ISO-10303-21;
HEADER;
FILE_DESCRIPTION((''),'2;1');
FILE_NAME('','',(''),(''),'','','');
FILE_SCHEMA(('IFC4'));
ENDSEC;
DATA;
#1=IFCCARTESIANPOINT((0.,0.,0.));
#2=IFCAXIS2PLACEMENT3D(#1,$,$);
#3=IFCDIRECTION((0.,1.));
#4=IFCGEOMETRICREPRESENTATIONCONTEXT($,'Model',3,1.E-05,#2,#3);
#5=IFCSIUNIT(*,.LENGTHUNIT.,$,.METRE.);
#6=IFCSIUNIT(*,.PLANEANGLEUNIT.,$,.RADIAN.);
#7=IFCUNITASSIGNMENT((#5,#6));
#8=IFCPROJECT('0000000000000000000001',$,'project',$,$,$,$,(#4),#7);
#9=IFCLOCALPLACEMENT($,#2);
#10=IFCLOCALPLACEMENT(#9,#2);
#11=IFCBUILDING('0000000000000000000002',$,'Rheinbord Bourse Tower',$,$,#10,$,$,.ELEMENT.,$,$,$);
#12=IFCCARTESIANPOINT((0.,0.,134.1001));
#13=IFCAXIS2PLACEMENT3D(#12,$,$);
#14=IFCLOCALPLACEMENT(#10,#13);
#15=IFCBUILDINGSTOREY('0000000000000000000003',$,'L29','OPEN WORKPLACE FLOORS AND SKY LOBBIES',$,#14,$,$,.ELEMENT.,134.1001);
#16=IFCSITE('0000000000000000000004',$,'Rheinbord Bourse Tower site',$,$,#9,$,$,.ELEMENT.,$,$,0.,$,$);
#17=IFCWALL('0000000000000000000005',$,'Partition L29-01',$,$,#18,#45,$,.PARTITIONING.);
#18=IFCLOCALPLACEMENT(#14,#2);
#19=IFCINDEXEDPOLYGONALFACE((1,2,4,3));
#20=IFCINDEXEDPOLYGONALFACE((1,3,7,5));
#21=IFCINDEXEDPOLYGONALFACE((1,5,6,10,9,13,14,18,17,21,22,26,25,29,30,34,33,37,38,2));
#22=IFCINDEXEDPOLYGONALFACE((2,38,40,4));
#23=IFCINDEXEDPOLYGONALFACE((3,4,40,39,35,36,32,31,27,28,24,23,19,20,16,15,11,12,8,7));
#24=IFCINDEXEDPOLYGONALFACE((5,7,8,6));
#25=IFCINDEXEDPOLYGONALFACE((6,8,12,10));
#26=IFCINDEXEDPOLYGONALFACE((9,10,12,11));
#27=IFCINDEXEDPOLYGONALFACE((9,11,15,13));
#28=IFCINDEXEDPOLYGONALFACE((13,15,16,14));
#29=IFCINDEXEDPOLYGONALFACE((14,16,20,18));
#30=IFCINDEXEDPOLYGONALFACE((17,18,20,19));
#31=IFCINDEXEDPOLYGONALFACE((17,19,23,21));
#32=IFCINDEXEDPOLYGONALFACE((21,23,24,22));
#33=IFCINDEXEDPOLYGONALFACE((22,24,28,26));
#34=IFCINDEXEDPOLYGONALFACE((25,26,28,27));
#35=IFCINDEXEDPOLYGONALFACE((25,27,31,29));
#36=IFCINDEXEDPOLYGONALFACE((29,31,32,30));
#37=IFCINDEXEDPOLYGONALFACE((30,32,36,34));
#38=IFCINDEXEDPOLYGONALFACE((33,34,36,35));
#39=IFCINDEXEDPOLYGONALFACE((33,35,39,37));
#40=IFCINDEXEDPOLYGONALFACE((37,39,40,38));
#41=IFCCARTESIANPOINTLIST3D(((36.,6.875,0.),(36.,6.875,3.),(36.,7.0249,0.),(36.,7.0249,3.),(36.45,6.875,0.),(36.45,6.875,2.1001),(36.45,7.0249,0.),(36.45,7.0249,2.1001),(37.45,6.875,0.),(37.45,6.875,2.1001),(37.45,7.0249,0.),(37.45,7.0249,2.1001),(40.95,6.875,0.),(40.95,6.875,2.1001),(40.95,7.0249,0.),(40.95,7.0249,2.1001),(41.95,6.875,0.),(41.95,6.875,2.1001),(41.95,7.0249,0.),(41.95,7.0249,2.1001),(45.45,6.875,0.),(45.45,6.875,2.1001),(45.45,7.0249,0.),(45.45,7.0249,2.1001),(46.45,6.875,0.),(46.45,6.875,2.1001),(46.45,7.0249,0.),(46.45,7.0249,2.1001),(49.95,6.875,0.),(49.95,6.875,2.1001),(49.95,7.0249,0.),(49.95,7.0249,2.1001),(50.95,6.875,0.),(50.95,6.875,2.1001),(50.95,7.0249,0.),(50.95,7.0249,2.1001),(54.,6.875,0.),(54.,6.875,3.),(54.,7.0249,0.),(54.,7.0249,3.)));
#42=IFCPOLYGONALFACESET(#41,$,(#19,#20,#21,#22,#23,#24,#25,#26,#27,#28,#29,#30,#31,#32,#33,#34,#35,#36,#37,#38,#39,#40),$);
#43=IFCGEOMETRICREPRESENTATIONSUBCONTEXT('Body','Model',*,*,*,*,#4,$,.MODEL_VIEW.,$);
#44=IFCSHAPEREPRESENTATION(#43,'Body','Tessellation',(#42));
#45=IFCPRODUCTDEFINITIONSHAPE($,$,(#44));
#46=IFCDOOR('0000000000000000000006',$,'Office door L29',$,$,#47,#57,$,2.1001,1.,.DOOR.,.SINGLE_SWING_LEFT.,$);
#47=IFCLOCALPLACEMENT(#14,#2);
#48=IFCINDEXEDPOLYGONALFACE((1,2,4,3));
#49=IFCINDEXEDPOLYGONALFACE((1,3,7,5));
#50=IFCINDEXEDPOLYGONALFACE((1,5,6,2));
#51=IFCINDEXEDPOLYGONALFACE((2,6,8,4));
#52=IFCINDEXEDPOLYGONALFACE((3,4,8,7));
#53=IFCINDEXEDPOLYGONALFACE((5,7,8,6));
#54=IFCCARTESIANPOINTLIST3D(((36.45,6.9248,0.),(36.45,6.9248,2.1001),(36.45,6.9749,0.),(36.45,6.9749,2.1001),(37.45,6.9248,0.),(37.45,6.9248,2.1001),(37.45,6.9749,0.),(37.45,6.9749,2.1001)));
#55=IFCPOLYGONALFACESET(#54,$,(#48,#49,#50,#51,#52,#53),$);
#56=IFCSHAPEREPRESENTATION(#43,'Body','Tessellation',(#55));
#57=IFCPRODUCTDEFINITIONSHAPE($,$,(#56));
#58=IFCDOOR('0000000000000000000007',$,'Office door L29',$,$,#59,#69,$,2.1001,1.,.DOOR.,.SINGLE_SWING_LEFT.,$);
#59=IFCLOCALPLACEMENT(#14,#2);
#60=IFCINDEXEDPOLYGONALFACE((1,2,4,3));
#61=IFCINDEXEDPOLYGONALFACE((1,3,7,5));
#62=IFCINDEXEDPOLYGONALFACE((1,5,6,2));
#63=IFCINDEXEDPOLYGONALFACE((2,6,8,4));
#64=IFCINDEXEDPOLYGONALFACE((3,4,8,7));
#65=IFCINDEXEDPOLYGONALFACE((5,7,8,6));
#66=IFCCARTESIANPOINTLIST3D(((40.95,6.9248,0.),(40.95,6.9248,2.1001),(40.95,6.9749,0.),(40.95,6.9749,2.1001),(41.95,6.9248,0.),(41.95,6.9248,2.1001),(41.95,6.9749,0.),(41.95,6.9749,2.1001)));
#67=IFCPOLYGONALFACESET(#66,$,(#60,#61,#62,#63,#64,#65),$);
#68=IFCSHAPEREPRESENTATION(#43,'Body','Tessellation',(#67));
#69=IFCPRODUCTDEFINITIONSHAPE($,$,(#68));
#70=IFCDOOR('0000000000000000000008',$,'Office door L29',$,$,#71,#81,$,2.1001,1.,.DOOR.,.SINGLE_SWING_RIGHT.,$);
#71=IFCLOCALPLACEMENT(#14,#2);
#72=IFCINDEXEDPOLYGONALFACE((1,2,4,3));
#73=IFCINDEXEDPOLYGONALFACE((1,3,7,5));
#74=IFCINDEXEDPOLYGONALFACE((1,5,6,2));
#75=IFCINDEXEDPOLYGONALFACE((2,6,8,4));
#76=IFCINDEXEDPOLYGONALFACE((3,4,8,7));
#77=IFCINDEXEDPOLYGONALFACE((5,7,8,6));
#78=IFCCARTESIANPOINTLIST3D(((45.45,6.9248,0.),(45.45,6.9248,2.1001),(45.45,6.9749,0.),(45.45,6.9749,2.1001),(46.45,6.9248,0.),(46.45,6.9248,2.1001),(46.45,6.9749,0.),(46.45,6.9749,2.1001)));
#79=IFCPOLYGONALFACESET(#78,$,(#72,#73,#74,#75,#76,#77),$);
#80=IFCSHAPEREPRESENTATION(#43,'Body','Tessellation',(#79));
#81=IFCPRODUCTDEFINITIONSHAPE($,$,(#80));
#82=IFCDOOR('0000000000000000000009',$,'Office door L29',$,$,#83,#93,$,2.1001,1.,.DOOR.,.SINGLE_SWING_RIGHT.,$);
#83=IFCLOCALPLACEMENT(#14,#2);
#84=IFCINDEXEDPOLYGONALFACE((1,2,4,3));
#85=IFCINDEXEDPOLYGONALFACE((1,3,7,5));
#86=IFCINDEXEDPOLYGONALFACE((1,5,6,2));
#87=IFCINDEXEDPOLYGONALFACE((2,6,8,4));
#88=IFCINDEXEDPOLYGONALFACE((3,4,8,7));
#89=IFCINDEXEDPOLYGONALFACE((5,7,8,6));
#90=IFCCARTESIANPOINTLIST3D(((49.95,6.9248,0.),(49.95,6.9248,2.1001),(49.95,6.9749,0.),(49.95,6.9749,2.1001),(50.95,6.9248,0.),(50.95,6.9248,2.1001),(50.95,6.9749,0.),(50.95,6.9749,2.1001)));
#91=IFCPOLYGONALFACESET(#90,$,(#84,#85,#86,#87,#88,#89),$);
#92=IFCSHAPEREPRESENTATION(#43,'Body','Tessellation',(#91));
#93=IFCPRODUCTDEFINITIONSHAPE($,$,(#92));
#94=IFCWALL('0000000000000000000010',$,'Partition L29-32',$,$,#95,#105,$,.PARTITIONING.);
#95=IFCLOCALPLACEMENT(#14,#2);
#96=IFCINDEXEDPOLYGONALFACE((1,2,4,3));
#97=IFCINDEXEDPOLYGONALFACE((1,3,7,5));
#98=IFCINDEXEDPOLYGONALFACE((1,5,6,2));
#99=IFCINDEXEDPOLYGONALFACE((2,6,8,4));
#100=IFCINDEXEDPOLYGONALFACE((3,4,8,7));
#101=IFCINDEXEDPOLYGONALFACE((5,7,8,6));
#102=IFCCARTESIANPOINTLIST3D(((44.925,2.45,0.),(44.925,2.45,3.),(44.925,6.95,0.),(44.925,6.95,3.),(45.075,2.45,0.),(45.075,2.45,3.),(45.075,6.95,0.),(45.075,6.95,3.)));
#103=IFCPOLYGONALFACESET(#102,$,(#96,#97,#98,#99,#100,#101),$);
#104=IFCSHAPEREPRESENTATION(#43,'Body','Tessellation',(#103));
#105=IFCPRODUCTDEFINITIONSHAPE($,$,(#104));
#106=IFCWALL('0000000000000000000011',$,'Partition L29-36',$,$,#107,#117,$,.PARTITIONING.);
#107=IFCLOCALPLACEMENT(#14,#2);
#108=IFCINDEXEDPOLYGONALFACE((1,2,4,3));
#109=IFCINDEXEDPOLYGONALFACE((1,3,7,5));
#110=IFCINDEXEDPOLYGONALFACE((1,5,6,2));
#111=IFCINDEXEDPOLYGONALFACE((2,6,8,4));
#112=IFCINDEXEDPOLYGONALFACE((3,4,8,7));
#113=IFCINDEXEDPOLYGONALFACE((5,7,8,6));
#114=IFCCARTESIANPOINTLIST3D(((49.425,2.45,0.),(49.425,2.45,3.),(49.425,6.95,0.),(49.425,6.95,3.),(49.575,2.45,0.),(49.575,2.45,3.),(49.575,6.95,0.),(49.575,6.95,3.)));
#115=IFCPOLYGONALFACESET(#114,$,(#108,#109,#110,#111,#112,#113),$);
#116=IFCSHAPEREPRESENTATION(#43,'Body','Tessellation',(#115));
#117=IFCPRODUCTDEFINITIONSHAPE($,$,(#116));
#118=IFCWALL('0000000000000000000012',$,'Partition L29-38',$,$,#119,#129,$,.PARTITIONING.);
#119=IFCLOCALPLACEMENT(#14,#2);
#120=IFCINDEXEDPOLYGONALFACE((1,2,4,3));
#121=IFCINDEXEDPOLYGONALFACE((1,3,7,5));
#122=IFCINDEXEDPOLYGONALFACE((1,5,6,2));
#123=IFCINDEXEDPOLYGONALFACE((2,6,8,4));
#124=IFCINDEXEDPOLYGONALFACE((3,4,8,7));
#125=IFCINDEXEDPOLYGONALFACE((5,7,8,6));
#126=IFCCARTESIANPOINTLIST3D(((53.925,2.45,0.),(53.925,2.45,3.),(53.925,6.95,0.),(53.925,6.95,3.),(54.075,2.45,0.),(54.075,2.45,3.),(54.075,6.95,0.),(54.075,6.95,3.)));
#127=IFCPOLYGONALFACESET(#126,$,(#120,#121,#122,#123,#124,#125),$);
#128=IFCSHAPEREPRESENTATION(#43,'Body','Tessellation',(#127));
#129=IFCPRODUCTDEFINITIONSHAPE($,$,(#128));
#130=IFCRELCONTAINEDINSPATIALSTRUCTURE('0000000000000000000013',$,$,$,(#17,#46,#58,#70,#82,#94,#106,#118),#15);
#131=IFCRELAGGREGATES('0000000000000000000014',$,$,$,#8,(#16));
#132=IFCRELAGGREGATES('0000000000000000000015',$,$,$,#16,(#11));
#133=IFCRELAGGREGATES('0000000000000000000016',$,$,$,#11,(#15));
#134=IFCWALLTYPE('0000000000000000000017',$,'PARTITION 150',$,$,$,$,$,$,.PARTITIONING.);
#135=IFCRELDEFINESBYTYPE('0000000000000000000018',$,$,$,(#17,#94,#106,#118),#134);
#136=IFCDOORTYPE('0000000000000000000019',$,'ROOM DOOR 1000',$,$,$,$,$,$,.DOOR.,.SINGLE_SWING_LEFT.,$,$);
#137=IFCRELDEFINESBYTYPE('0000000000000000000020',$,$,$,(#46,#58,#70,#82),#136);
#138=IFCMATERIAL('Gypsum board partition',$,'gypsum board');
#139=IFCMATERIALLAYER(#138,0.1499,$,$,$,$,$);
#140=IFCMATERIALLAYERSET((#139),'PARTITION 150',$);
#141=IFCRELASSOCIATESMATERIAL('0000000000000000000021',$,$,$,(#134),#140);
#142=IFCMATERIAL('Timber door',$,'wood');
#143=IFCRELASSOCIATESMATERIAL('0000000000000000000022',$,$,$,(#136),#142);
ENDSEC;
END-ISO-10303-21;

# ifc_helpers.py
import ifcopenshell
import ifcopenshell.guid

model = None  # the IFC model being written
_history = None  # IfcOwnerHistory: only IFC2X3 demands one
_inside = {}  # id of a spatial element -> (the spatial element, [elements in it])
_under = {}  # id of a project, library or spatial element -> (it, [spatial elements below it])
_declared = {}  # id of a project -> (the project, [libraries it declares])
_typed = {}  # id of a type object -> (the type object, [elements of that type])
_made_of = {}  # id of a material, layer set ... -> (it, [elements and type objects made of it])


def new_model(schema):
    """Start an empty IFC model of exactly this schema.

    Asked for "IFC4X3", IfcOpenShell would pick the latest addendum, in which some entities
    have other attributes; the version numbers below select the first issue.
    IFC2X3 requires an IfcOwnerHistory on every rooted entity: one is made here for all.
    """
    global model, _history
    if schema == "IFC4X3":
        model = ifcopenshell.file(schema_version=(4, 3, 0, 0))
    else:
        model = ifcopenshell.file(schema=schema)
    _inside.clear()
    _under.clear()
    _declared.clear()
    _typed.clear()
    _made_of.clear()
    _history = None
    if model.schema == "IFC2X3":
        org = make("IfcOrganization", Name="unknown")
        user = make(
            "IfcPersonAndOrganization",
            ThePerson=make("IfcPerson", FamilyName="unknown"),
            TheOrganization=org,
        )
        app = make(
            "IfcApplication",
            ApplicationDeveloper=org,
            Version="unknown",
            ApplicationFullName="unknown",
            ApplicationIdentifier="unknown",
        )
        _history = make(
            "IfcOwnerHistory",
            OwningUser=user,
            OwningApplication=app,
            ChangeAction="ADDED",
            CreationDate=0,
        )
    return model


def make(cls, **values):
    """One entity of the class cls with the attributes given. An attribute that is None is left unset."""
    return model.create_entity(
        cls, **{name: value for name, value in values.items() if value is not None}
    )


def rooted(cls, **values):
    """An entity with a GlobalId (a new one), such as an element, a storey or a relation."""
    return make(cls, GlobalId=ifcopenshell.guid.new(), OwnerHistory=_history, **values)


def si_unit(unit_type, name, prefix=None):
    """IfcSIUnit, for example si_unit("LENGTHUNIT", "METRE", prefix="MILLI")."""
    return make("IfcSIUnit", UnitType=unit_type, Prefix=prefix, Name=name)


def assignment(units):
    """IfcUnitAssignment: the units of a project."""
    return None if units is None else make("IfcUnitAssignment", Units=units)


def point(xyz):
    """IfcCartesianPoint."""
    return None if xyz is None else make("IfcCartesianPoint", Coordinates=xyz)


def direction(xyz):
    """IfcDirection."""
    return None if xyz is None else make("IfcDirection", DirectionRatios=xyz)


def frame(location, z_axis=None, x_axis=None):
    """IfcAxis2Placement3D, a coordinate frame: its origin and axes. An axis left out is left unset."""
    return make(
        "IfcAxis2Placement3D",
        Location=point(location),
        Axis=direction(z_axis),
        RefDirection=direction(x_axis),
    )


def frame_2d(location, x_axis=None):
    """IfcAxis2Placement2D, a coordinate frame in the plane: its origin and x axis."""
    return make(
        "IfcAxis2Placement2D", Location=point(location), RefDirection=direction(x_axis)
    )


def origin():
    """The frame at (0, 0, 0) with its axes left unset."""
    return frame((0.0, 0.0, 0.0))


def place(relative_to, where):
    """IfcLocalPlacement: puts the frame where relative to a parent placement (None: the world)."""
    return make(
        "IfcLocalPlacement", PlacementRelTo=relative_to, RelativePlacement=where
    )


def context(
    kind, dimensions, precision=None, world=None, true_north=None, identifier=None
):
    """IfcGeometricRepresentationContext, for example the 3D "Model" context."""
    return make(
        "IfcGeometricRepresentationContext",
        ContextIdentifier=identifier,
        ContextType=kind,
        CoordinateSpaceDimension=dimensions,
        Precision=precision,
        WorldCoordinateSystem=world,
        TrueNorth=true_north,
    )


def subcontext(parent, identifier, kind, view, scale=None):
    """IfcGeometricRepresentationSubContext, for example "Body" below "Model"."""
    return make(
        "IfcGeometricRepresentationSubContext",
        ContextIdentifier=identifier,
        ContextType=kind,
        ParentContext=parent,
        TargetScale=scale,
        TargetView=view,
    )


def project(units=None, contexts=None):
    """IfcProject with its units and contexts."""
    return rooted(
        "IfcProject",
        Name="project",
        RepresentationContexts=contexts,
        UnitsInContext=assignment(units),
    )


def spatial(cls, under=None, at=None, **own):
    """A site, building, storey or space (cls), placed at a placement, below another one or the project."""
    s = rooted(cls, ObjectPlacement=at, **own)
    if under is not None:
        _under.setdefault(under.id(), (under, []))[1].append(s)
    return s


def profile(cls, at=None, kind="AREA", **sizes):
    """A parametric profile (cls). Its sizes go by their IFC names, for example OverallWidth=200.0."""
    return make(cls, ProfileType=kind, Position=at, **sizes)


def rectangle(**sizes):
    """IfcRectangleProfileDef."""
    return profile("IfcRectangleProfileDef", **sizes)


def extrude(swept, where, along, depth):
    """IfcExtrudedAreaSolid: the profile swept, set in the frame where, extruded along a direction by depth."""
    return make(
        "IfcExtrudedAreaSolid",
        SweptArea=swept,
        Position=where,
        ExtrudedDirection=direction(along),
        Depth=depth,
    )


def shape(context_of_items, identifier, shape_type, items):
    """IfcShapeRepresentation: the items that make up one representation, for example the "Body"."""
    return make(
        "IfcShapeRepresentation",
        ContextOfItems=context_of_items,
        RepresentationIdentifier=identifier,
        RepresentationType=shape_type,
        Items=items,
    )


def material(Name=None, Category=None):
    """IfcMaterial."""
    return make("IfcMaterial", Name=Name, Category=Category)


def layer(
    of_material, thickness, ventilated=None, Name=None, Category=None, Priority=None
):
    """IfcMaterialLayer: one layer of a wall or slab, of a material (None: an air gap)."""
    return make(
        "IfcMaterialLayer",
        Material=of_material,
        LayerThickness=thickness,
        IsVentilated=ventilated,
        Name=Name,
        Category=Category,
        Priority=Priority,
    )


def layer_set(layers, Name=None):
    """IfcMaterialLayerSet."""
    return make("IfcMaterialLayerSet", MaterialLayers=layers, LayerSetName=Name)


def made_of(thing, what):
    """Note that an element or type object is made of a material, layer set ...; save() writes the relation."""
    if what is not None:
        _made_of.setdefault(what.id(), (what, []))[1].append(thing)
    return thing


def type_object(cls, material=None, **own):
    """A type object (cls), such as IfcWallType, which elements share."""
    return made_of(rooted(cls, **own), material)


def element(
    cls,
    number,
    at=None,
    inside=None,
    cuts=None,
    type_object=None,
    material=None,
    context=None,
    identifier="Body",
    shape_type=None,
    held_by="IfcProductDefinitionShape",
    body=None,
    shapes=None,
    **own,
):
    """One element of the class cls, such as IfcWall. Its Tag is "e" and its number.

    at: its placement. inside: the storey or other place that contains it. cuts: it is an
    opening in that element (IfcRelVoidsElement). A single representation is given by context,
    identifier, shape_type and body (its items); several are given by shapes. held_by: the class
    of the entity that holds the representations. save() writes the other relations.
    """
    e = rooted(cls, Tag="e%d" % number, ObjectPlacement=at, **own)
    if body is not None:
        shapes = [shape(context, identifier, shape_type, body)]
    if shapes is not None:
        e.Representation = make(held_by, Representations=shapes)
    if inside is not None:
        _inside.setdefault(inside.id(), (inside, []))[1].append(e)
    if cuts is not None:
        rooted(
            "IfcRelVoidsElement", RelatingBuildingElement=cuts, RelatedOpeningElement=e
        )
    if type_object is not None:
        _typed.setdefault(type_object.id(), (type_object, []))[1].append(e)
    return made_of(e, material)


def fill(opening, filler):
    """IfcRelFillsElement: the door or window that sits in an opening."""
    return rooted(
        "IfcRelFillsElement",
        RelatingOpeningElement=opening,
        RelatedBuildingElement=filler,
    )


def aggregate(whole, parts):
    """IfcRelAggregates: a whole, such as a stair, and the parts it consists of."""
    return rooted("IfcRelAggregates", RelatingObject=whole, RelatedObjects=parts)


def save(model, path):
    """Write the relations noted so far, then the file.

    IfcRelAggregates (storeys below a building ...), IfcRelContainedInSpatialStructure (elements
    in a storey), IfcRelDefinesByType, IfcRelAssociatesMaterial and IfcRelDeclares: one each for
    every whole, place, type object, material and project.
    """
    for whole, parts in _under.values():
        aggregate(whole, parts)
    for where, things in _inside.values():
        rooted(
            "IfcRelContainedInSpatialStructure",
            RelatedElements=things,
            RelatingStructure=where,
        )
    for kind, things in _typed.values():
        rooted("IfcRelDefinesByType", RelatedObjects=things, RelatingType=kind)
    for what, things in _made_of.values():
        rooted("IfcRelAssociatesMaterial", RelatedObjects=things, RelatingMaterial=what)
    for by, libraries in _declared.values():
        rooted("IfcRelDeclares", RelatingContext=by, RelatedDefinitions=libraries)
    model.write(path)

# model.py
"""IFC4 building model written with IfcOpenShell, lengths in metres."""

from ifc_helpers import new_model, si_unit, direction, frame, frame_2d, origin, place, context, subcontext, project, spatial, rectangle, extrude, material, layer, layer_set, type_object, element, fill, save


model = new_model("IFC4")

# Units and contexts
model_context = context("Model", 3, precision=1e-05, world=origin(), true_north=direction((0.0, 1.0)))
body_context = subcontext(model_context, "Body", "Model", "MODEL_VIEW")
ifc_project = project(units=[si_unit("LENGTHUNIT", "METRE"), si_unit("PLANEANGLEUNIT", "RADIAN")], contexts=[model_context])

# Site, building, storey
site_placement = place(None, origin())
site = spatial("IfcSite", under=ifc_project, at=site_placement, Name="Rheinbord Bourse Tower site", CompositionType="ELEMENT", RefElevation=0.0)
building_placement = place(site_placement, origin())
building = spatial("IfcBuilding", under=site, at=building_placement, Name="Rheinbord Bourse Tower", CompositionType="ELEMENT")
storey_placement = place(building_placement, frame((0.0, 0.0, 134.1001)))
storey = spatial("IfcBuildingStorey", under=building, at=storey_placement, Name="L29", Description="OPEN WORKPLACE FLOORS AND SKY LOBBIES", CompositionType="ELEMENT", Elevation=134.1001)

# Wall, openings, doors
ifc_material_1 = material(Name="Gypsum board partition", Category="gypsum board")
ifc_layer_1 = layer(ifc_material_1, 0.1499)
ifc_layer_set_1 = layer_set([ifc_layer_1], Name="PARTITION 150")
wall_type_1 = type_object("IfcWallType", Name="PARTITION 150", PredefinedType="PARTITIONING", material=ifc_layer_set_1)
wall_1_placement = place(storey_placement, frame((36.0, 6.95, 0.0), z_axis=(0.0, 0.0, 1.0), x_axis=(1.0, 0.0, 0.0)))
wall_1 = element("IfcWall", 1, at=wall_1_placement, inside=storey, type_object=wall_type_1, Name="Partition L29-01", PredefinedType="PARTITIONING", context=body_context, shape_type="SweptSolid", body=[
    extrude(rectangle(XDim=18.0, YDim=0.1499, at=frame_2d((9.0, 0.0))), origin(), (0.0, 0.0, 1.0), 3.0),
])
opening_1_placement = place(wall_1_placement, frame((0.45, 0.0, 0.0)))
opening_1 = element("IfcOpeningElement", 2, at=opening_1_placement, cuts=wall_1, PredefinedType="OPENING", context=body_context, shape_type="SweptSolid", body=[
    extrude(rectangle(XDim=1.0, YDim=2.1001, at=frame_2d((0.5, 1.05))), frame((0.0, 0.085, 0.0), z_axis=(0.0, -1.0, 0.0), x_axis=(1.0, 0.0, 0.0)), (0.0, 0.0, 1.0), 0.1699),
])
opening_2_placement = place(wall_1_placement, frame((4.95, 0.0, 0.0)))
opening_2 = element("IfcOpeningElement", 3, at=opening_2_placement, cuts=wall_1, PredefinedType="OPENING", context=body_context, shape_type="SweptSolid", body=[
    extrude(rectangle(XDim=1.0, YDim=2.1001, at=frame_2d((0.5, 1.05))), frame((0.0, 0.085, 0.0), z_axis=(0.0, -1.0, 0.0), x_axis=(1.0, 0.0, 0.0)), (0.0, 0.0, 1.0), 0.1699),
])
opening_3_placement = place(wall_1_placement, frame((9.45, 0.0, 0.0)))
opening_3 = element("IfcOpeningElement", 4, at=opening_3_placement, cuts=wall_1, PredefinedType="OPENING", context=body_context, shape_type="SweptSolid", body=[
    extrude(rectangle(XDim=1.0, YDim=2.1001, at=frame_2d((0.5, 1.05))), frame((0.0, 0.085, 0.0), z_axis=(0.0, -1.0, 0.0), x_axis=(1.0, 0.0, 0.0)), (0.0, 0.0, 1.0), 0.1699),
])
opening_4_placement = place(wall_1_placement, frame((13.95, 0.0, 0.0)))
opening_4 = element("IfcOpeningElement", 5, at=opening_4_placement, cuts=wall_1, PredefinedType="OPENING", context=body_context, shape_type="SweptSolid", body=[
    extrude(rectangle(XDim=1.0, YDim=2.1001, at=frame_2d((0.5, 1.05))), frame((0.0, 0.085, 0.0), z_axis=(0.0, -1.0, 0.0), x_axis=(1.0, 0.0, 0.0)), (0.0, 0.0, 1.0), 0.1699),
])
ifc_material_2 = material(Name="Timber door", Category="wood")
door_type_1 = type_object("IfcDoorType", Name="ROOM DOOR 1000", OperationType="SINGLE_SWING_LEFT", PredefinedType="DOOR", material=ifc_material_2)
door_1_placement = place(opening_1_placement, origin())
door_1 = element("IfcDoor", 6, at=door_1_placement, inside=storey, type_object=door_type_1, Name="Office door L29", OperationType="SINGLE_SWING_LEFT", OverallHeight=2.1001, OverallWidth=1.0, PredefinedType="DOOR", context=body_context, shape_type="SweptSolid", body=[
    extrude(rectangle(XDim=1.0, YDim=2.1001, at=frame_2d((0.5, 1.05))), frame((0.0, 0.0249, 0.0), z_axis=(0.0, -1.0, 0.0), x_axis=(1.0, 0.0, 0.0)), (0.0, 0.0, 1.0), 0.05),
])
fill(opening_1, door_1)
door_2_placement = place(opening_2_placement, origin())
door_2 = element("IfcDoor", 7, at=door_2_placement, inside=storey, type_object=door_type_1, Name="Office door L29", OperationType="SINGLE_SWING_LEFT", OverallHeight=2.1001, OverallWidth=1.0, PredefinedType="DOOR", context=body_context, shape_type="SweptSolid", body=[
    extrude(rectangle(XDim=1.0, YDim=2.1001, at=frame_2d((0.5, 1.05))), frame((0.0, 0.0249, 0.0), z_axis=(0.0, -1.0, 0.0), x_axis=(1.0, 0.0, 0.0)), (0.0, 0.0, 1.0), 0.05),
])
fill(opening_2, door_2)
door_3_placement = place(opening_3_placement, origin())
door_3 = element("IfcDoor", 8, at=door_3_placement, inside=storey, type_object=door_type_1, Name="Office door L29", OperationType="SINGLE_SWING_RIGHT", OverallHeight=2.1001, OverallWidth=1.0, PredefinedType="DOOR", context=body_context, shape_type="SweptSolid", body=[
    extrude(rectangle(XDim=1.0, YDim=2.1001, at=frame_2d((0.5, 1.05))), frame((0.0, 0.0249, 0.0), z_axis=(0.0, -1.0, 0.0), x_axis=(1.0, 0.0, 0.0)), (0.0, 0.0, 1.0), 0.05),
])
fill(opening_3, door_3)
door_4_placement = place(opening_4_placement, origin())
door_4 = element("IfcDoor", 9, at=door_4_placement, inside=storey, type_object=door_type_1, Name="Office door L29", OperationType="SINGLE_SWING_RIGHT", OverallHeight=2.1001, OverallWidth=1.0, PredefinedType="DOOR", context=body_context, shape_type="SweptSolid", body=[
    extrude(rectangle(XDim=1.0, YDim=2.1001, at=frame_2d((0.5, 1.05))), frame((0.0, 0.0249, 0.0), z_axis=(0.0, -1.0, 0.0), x_axis=(1.0, 0.0, 0.0)), (0.0, 0.0, 1.0), 0.05),
])
fill(opening_4, door_4)

# Walls
for number, where, z_axis, x_axis, name in (
    (10, (45.0, 2.45, 0.0), (0.0, 0.0, 1.0), (0.0, 1.0, 0.0), "Partition L29-32"),
    (11, (49.5, 2.45, 0.0), (0.0, 0.0, 1.0), (0.0, 1.0, 0.0), "Partition L29-36"),
    (12, (54.0, 2.45, 0.0), (0.0, 0.0, 1.0), (0.0, 1.0, 0.0), "Partition L29-38"),
):
    element("IfcWall", number, at=place(storey_placement, frame(where, z_axis=z_axis, x_axis=x_axis)), inside=storey, type_object=wall_type_1, Name=name, PredefinedType="PARTITIONING", context=body_context, shape_type="SweptSolid", body=[
        extrude(rectangle(XDim=4.5, YDim=0.1499, at=frame_2d((2.25, 0.0))), origin(), (0.0, 0.0, 1.0), 3.0),
    ])

save(model, "model.ifc")
